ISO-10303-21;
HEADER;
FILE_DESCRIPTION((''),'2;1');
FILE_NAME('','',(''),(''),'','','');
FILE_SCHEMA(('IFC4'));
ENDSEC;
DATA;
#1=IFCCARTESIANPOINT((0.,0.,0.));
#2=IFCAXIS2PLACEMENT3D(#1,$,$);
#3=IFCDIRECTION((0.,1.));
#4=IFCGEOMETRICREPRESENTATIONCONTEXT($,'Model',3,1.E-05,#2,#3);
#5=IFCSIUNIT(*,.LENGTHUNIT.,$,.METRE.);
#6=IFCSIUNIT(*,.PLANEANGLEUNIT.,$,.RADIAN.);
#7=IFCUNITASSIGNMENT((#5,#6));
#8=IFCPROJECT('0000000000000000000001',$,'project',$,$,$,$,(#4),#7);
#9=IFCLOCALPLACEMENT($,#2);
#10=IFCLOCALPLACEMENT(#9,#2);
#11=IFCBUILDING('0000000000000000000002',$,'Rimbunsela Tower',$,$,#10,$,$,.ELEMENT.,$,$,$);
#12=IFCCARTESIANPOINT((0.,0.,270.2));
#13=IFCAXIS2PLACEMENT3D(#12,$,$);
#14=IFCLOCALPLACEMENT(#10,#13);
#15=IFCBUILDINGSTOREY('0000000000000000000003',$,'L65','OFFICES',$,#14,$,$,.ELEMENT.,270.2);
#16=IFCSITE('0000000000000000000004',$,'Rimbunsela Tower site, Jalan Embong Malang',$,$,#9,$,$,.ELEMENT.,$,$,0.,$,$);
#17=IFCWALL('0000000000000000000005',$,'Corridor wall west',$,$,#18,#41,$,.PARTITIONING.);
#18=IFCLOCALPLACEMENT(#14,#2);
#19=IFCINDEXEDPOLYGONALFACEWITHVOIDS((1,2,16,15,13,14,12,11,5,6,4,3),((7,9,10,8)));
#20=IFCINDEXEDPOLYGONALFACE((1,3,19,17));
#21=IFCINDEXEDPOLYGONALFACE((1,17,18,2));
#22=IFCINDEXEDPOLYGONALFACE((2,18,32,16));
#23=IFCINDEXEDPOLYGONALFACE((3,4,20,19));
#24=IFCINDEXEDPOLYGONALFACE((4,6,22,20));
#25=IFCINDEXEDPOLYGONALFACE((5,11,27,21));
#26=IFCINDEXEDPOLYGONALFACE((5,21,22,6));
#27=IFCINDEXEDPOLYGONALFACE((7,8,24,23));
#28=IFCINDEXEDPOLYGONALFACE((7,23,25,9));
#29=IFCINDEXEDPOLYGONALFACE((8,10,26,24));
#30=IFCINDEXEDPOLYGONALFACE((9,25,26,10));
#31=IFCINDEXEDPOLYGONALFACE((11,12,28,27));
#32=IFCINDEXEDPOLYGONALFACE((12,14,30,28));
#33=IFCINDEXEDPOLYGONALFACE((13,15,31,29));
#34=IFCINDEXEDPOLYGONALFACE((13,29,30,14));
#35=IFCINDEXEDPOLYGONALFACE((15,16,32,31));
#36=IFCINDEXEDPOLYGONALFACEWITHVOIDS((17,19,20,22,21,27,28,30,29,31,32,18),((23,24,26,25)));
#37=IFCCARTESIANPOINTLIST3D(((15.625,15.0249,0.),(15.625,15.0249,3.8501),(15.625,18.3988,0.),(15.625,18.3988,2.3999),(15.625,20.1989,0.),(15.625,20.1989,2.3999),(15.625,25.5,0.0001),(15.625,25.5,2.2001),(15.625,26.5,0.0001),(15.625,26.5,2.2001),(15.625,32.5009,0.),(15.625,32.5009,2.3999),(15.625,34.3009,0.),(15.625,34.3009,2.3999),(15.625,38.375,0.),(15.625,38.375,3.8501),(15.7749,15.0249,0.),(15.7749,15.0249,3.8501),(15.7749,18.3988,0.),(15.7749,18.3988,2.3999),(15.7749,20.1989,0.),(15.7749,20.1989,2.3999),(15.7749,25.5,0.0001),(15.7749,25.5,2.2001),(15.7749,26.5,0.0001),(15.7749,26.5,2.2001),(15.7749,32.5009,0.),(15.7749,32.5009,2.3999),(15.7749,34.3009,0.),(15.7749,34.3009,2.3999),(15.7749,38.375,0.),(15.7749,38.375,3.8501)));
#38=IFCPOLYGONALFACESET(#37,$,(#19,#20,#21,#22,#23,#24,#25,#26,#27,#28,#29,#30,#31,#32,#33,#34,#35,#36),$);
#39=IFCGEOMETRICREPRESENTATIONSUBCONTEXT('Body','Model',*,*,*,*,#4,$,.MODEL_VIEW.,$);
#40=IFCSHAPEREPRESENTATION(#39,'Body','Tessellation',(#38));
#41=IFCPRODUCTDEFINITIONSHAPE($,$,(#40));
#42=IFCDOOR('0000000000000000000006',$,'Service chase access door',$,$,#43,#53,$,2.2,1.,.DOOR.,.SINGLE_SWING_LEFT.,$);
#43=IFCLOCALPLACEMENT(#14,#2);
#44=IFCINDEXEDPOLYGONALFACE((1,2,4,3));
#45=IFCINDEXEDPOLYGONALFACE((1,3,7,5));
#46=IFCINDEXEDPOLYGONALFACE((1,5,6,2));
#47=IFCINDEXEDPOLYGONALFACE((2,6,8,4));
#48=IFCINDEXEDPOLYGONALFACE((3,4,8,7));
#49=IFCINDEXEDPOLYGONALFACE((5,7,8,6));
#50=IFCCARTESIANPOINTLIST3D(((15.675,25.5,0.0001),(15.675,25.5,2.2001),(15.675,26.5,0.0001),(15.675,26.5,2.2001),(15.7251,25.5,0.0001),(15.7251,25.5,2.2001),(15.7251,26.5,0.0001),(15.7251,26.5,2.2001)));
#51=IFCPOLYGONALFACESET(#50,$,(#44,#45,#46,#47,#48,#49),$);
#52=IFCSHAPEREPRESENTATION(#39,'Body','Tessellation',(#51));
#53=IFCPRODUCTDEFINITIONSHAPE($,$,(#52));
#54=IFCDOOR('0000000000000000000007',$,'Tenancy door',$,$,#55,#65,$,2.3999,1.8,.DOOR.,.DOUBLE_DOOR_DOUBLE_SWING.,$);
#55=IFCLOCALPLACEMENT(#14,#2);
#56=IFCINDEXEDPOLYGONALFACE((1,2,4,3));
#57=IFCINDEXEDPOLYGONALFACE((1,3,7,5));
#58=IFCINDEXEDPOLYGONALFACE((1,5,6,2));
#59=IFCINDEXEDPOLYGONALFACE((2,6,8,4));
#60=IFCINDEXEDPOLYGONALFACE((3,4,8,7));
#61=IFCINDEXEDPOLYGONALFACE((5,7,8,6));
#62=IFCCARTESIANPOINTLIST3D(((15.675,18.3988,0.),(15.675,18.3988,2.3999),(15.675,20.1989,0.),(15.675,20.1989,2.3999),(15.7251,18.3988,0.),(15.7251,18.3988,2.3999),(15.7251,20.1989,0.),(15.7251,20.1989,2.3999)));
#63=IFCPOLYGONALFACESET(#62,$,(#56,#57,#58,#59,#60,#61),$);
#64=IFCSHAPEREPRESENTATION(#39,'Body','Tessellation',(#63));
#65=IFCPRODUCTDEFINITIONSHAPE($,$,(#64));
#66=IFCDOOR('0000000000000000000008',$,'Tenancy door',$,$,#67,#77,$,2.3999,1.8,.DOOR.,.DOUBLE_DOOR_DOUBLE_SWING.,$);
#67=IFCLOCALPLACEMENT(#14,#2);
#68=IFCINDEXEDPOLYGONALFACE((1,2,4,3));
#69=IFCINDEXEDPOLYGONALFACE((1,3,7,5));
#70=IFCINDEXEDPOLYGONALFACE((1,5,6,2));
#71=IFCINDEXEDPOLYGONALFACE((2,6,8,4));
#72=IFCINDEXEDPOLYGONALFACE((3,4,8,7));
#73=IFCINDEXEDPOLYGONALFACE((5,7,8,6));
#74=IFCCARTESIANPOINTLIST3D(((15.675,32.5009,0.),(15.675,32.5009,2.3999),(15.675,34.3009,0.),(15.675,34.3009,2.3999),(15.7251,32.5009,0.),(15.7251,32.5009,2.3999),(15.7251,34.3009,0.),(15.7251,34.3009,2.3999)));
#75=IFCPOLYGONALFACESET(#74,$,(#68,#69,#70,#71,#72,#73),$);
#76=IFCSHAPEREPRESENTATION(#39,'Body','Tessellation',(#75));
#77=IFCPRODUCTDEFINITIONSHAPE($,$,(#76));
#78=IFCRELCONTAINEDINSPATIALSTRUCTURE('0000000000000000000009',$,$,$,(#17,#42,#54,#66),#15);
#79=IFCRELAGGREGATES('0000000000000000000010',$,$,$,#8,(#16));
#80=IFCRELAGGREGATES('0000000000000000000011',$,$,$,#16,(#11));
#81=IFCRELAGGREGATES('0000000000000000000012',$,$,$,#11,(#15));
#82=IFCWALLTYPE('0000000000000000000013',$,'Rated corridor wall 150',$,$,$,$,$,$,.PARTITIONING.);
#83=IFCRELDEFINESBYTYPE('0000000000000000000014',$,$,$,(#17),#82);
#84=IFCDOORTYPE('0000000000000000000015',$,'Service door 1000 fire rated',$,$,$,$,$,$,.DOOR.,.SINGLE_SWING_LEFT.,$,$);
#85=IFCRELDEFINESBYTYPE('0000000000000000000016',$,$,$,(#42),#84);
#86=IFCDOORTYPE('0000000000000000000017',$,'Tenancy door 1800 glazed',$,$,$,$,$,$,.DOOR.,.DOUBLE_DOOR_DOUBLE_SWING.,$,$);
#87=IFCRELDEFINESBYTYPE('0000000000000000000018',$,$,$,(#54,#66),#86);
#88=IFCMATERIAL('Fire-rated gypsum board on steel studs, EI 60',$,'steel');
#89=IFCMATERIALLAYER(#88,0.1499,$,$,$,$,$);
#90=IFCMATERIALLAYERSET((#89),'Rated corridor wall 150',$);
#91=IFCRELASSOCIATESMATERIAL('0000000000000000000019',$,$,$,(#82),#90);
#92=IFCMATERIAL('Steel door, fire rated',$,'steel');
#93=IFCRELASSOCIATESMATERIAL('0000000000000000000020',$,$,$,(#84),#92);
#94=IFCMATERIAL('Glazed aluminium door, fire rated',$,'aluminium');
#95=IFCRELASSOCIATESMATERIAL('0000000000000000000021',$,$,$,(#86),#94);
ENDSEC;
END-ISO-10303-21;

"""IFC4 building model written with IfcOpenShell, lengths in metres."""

from ifc_helpers import new_model, si_unit, direction, frame, frame_2d, origin, place, context, subcontext, project, spatial, rectangle, extrude, material, layer, layer_set, type_object, element, fill, save


model = new_model("IFC4")

# Units and contexts
model_context = context("Model", 3, precision=1e-05, world=origin(), true_north=direction((0.0, 1.0)))
body_context = subcontext(model_context, "Body", "Model", "MODEL_VIEW")
ifc_project = project(units=[si_unit("LENGTHUNIT", "METRE"), si_unit("PLANEANGLEUNIT", "RADIAN")], contexts=[model_context])

# Site, building, storey
site_placement = place(None, origin())
site = spatial("IfcSite", under=ifc_project, at=site_placement, Name="Rimbunsela Tower site, Jalan Embong Malang", CompositionType="ELEMENT", RefElevation=0.0)
building_placement = place(site_placement, origin())
building = spatial("IfcBuilding", under=site, at=building_placement, Name="Rimbunsela Tower", CompositionType="ELEMENT")
storey_placement = place(building_placement, frame((0.0, 0.0, 270.2)))
storey = spatial("IfcBuildingStorey", under=building, at=storey_placement, Name="L65", Description="OFFICES", CompositionType="ELEMENT", Elevation=270.2)

# Wall, openings, doors
ifc_material_1 = material(Name="Fire-rated gypsum board on steel studs, EI 60", Category="steel")
ifc_layer_1 = layer(ifc_material_1, 0.1499)
ifc_layer_set_1 = layer_set([ifc_layer_1], Name="Rated corridor wall 150")
wall_type_1 = type_object("IfcWallType", Name="Rated corridor wall 150", PredefinedType="PARTITIONING", material=ifc_layer_set_1)
wall_1_placement = place(storey_placement, frame((15.7, 15.0249, 0.0), z_axis=(0.0, 0.0, 1.0), x_axis=(0.0, 1.0, 0.0)))
wall_1 = element("IfcWall", 1, at=wall_1_placement, inside=storey, type_object=wall_type_1, Name="Corridor wall west", PredefinedType="PARTITIONING", context=body_context, shape_type="SweptSolid", body=[
    extrude(rectangle(XDim=23.3501, YDim=0.1499, at=frame_2d((11.675, 0.0))), origin(), (0.0, 0.0, 1.0), 3.8501),
])
opening_1_placement = place(wall_1_placement, frame((3.374, 0.0, 0.0)))
opening_1 = element("IfcOpeningElement", 2, at=opening_1_placement, cuts=wall_1, PredefinedType="OPENING", context=body_context, shape_type="SweptSolid", body=[
    extrude(rectangle(XDim=1.8, YDim=2.3999, at=frame_2d((0.8999, 1.2))), frame((0.0, 0.085, 0.0), z_axis=(0.0, -1.0, 0.0), x_axis=(1.0, 0.0, 0.0)), (0.0, 0.0, 1.0), 0.1699),
])
opening_2_placement = place(wall_1_placement, frame((17.4761, 0.0, 0.0)))
opening_2 = element("IfcOpeningElement", 3, at=opening_2_placement, cuts=wall_1, PredefinedType="OPENING", context=body_context, shape_type="SweptSolid", body=[
    extrude(rectangle(XDim=1.8, YDim=2.3999, at=frame_2d((0.8999, 1.2))), frame((0.0, 0.085, 0.0), z_axis=(0.0, -1.0, 0.0), x_axis=(1.0, 0.0, 0.0)), (0.0, 0.0, 1.0), 0.1699),
])
opening_3_placement = place(wall_1_placement, frame((10.4751, 0.0, 0.0)))
opening_3 = element("IfcOpeningElement", 4, at=opening_3_placement, cuts=wall_1, PredefinedType="OPENING", context=body_context, shape_type="SweptSolid", body=[
    extrude(rectangle(XDim=1.0, YDim=2.2, at=frame_2d((0.5, 1.1001))), frame((0.0, 0.085, 0.0), z_axis=(0.0, -1.0, 0.0), x_axis=(1.0, 0.0, 0.0)), (0.0, 0.0, 1.0), 0.1699),
])
ifc_material_2 = material(Name="Steel door, fire rated", Category="steel")
door_type_1 = type_object("IfcDoorType", Name="Service door 1000 fire rated", OperationType="SINGLE_SWING_LEFT", PredefinedType="DOOR", material=ifc_material_2)
door_1_placement = place(opening_3_placement, origin())
door_1 = element("IfcDoor", 5, at=door_1_placement, inside=storey, type_object=door_type_1, Name="Service chase access door", OperationType="SINGLE_SWING_LEFT", OverallHeight=2.2, OverallWidth=1.0, PredefinedType="DOOR", context=body_context, shape_type="SweptSolid", body=[
    extrude(rectangle(XDim=1.0, YDim=2.2, at=frame_2d((0.5, 1.1001))), frame((0.0, 0.0249, 0.0), z_axis=(0.0, -1.0, 0.0), x_axis=(1.0, 0.0, 0.0)), (0.0, 0.0, 1.0), 0.05),
])
fill(opening_3, door_1)
ifc_material_3 = material(Name="Glazed aluminium door, fire rated", Category="aluminium")
door_type_2 = type_object("IfcDoorType", Name="Tenancy door 1800 glazed", OperationType="DOUBLE_DOOR_DOUBLE_SWING", PredefinedType="DOOR", material=ifc_material_3)
door_2_placement = place(opening_1_placement, origin())
door_2 = element("IfcDoor", 6, at=door_2_placement, inside=storey, type_object=door_type_2, Name="Tenancy door", OperationType="DOUBLE_DOOR_DOUBLE_SWING", OverallHeight=2.3999, OverallWidth=1.8, PredefinedType="DOOR", context=body_context, shape_type="SweptSolid", body=[
    extrude(rectangle(XDim=1.8, YDim=2.3999, at=frame_2d((0.8999, 1.2))), frame((0.0, 0.0249, 0.0), z_axis=(0.0, -1.0, 0.0), x_axis=(1.0, 0.0, 0.0)), (0.0, 0.0, 1.0), 0.05),
])
fill(opening_1, door_2)
door_3_placement = place(opening_2_placement, origin())
door_3 = element("IfcDoor", 7, at=door_3_placement, inside=storey, type_object=door_type_2, Name="Tenancy door", OperationType="DOUBLE_DOOR_DOUBLE_SWING", OverallHeight=2.3999, OverallWidth=1.8, PredefinedType="DOOR", context=body_context, shape_type="SweptSolid", body=[
    extrude(rectangle(XDim=1.8, YDim=2.3999, at=frame_2d((0.8999, 1.2))), frame((0.0, 0.0249, 0.0), z_axis=(0.0, -1.0, 0.0), x_axis=(1.0, 0.0, 0.0)), (0.0, 0.0, 1.0), 0.05),
])
fill(opening_2, door_3)

save(model, "model.ifc")
